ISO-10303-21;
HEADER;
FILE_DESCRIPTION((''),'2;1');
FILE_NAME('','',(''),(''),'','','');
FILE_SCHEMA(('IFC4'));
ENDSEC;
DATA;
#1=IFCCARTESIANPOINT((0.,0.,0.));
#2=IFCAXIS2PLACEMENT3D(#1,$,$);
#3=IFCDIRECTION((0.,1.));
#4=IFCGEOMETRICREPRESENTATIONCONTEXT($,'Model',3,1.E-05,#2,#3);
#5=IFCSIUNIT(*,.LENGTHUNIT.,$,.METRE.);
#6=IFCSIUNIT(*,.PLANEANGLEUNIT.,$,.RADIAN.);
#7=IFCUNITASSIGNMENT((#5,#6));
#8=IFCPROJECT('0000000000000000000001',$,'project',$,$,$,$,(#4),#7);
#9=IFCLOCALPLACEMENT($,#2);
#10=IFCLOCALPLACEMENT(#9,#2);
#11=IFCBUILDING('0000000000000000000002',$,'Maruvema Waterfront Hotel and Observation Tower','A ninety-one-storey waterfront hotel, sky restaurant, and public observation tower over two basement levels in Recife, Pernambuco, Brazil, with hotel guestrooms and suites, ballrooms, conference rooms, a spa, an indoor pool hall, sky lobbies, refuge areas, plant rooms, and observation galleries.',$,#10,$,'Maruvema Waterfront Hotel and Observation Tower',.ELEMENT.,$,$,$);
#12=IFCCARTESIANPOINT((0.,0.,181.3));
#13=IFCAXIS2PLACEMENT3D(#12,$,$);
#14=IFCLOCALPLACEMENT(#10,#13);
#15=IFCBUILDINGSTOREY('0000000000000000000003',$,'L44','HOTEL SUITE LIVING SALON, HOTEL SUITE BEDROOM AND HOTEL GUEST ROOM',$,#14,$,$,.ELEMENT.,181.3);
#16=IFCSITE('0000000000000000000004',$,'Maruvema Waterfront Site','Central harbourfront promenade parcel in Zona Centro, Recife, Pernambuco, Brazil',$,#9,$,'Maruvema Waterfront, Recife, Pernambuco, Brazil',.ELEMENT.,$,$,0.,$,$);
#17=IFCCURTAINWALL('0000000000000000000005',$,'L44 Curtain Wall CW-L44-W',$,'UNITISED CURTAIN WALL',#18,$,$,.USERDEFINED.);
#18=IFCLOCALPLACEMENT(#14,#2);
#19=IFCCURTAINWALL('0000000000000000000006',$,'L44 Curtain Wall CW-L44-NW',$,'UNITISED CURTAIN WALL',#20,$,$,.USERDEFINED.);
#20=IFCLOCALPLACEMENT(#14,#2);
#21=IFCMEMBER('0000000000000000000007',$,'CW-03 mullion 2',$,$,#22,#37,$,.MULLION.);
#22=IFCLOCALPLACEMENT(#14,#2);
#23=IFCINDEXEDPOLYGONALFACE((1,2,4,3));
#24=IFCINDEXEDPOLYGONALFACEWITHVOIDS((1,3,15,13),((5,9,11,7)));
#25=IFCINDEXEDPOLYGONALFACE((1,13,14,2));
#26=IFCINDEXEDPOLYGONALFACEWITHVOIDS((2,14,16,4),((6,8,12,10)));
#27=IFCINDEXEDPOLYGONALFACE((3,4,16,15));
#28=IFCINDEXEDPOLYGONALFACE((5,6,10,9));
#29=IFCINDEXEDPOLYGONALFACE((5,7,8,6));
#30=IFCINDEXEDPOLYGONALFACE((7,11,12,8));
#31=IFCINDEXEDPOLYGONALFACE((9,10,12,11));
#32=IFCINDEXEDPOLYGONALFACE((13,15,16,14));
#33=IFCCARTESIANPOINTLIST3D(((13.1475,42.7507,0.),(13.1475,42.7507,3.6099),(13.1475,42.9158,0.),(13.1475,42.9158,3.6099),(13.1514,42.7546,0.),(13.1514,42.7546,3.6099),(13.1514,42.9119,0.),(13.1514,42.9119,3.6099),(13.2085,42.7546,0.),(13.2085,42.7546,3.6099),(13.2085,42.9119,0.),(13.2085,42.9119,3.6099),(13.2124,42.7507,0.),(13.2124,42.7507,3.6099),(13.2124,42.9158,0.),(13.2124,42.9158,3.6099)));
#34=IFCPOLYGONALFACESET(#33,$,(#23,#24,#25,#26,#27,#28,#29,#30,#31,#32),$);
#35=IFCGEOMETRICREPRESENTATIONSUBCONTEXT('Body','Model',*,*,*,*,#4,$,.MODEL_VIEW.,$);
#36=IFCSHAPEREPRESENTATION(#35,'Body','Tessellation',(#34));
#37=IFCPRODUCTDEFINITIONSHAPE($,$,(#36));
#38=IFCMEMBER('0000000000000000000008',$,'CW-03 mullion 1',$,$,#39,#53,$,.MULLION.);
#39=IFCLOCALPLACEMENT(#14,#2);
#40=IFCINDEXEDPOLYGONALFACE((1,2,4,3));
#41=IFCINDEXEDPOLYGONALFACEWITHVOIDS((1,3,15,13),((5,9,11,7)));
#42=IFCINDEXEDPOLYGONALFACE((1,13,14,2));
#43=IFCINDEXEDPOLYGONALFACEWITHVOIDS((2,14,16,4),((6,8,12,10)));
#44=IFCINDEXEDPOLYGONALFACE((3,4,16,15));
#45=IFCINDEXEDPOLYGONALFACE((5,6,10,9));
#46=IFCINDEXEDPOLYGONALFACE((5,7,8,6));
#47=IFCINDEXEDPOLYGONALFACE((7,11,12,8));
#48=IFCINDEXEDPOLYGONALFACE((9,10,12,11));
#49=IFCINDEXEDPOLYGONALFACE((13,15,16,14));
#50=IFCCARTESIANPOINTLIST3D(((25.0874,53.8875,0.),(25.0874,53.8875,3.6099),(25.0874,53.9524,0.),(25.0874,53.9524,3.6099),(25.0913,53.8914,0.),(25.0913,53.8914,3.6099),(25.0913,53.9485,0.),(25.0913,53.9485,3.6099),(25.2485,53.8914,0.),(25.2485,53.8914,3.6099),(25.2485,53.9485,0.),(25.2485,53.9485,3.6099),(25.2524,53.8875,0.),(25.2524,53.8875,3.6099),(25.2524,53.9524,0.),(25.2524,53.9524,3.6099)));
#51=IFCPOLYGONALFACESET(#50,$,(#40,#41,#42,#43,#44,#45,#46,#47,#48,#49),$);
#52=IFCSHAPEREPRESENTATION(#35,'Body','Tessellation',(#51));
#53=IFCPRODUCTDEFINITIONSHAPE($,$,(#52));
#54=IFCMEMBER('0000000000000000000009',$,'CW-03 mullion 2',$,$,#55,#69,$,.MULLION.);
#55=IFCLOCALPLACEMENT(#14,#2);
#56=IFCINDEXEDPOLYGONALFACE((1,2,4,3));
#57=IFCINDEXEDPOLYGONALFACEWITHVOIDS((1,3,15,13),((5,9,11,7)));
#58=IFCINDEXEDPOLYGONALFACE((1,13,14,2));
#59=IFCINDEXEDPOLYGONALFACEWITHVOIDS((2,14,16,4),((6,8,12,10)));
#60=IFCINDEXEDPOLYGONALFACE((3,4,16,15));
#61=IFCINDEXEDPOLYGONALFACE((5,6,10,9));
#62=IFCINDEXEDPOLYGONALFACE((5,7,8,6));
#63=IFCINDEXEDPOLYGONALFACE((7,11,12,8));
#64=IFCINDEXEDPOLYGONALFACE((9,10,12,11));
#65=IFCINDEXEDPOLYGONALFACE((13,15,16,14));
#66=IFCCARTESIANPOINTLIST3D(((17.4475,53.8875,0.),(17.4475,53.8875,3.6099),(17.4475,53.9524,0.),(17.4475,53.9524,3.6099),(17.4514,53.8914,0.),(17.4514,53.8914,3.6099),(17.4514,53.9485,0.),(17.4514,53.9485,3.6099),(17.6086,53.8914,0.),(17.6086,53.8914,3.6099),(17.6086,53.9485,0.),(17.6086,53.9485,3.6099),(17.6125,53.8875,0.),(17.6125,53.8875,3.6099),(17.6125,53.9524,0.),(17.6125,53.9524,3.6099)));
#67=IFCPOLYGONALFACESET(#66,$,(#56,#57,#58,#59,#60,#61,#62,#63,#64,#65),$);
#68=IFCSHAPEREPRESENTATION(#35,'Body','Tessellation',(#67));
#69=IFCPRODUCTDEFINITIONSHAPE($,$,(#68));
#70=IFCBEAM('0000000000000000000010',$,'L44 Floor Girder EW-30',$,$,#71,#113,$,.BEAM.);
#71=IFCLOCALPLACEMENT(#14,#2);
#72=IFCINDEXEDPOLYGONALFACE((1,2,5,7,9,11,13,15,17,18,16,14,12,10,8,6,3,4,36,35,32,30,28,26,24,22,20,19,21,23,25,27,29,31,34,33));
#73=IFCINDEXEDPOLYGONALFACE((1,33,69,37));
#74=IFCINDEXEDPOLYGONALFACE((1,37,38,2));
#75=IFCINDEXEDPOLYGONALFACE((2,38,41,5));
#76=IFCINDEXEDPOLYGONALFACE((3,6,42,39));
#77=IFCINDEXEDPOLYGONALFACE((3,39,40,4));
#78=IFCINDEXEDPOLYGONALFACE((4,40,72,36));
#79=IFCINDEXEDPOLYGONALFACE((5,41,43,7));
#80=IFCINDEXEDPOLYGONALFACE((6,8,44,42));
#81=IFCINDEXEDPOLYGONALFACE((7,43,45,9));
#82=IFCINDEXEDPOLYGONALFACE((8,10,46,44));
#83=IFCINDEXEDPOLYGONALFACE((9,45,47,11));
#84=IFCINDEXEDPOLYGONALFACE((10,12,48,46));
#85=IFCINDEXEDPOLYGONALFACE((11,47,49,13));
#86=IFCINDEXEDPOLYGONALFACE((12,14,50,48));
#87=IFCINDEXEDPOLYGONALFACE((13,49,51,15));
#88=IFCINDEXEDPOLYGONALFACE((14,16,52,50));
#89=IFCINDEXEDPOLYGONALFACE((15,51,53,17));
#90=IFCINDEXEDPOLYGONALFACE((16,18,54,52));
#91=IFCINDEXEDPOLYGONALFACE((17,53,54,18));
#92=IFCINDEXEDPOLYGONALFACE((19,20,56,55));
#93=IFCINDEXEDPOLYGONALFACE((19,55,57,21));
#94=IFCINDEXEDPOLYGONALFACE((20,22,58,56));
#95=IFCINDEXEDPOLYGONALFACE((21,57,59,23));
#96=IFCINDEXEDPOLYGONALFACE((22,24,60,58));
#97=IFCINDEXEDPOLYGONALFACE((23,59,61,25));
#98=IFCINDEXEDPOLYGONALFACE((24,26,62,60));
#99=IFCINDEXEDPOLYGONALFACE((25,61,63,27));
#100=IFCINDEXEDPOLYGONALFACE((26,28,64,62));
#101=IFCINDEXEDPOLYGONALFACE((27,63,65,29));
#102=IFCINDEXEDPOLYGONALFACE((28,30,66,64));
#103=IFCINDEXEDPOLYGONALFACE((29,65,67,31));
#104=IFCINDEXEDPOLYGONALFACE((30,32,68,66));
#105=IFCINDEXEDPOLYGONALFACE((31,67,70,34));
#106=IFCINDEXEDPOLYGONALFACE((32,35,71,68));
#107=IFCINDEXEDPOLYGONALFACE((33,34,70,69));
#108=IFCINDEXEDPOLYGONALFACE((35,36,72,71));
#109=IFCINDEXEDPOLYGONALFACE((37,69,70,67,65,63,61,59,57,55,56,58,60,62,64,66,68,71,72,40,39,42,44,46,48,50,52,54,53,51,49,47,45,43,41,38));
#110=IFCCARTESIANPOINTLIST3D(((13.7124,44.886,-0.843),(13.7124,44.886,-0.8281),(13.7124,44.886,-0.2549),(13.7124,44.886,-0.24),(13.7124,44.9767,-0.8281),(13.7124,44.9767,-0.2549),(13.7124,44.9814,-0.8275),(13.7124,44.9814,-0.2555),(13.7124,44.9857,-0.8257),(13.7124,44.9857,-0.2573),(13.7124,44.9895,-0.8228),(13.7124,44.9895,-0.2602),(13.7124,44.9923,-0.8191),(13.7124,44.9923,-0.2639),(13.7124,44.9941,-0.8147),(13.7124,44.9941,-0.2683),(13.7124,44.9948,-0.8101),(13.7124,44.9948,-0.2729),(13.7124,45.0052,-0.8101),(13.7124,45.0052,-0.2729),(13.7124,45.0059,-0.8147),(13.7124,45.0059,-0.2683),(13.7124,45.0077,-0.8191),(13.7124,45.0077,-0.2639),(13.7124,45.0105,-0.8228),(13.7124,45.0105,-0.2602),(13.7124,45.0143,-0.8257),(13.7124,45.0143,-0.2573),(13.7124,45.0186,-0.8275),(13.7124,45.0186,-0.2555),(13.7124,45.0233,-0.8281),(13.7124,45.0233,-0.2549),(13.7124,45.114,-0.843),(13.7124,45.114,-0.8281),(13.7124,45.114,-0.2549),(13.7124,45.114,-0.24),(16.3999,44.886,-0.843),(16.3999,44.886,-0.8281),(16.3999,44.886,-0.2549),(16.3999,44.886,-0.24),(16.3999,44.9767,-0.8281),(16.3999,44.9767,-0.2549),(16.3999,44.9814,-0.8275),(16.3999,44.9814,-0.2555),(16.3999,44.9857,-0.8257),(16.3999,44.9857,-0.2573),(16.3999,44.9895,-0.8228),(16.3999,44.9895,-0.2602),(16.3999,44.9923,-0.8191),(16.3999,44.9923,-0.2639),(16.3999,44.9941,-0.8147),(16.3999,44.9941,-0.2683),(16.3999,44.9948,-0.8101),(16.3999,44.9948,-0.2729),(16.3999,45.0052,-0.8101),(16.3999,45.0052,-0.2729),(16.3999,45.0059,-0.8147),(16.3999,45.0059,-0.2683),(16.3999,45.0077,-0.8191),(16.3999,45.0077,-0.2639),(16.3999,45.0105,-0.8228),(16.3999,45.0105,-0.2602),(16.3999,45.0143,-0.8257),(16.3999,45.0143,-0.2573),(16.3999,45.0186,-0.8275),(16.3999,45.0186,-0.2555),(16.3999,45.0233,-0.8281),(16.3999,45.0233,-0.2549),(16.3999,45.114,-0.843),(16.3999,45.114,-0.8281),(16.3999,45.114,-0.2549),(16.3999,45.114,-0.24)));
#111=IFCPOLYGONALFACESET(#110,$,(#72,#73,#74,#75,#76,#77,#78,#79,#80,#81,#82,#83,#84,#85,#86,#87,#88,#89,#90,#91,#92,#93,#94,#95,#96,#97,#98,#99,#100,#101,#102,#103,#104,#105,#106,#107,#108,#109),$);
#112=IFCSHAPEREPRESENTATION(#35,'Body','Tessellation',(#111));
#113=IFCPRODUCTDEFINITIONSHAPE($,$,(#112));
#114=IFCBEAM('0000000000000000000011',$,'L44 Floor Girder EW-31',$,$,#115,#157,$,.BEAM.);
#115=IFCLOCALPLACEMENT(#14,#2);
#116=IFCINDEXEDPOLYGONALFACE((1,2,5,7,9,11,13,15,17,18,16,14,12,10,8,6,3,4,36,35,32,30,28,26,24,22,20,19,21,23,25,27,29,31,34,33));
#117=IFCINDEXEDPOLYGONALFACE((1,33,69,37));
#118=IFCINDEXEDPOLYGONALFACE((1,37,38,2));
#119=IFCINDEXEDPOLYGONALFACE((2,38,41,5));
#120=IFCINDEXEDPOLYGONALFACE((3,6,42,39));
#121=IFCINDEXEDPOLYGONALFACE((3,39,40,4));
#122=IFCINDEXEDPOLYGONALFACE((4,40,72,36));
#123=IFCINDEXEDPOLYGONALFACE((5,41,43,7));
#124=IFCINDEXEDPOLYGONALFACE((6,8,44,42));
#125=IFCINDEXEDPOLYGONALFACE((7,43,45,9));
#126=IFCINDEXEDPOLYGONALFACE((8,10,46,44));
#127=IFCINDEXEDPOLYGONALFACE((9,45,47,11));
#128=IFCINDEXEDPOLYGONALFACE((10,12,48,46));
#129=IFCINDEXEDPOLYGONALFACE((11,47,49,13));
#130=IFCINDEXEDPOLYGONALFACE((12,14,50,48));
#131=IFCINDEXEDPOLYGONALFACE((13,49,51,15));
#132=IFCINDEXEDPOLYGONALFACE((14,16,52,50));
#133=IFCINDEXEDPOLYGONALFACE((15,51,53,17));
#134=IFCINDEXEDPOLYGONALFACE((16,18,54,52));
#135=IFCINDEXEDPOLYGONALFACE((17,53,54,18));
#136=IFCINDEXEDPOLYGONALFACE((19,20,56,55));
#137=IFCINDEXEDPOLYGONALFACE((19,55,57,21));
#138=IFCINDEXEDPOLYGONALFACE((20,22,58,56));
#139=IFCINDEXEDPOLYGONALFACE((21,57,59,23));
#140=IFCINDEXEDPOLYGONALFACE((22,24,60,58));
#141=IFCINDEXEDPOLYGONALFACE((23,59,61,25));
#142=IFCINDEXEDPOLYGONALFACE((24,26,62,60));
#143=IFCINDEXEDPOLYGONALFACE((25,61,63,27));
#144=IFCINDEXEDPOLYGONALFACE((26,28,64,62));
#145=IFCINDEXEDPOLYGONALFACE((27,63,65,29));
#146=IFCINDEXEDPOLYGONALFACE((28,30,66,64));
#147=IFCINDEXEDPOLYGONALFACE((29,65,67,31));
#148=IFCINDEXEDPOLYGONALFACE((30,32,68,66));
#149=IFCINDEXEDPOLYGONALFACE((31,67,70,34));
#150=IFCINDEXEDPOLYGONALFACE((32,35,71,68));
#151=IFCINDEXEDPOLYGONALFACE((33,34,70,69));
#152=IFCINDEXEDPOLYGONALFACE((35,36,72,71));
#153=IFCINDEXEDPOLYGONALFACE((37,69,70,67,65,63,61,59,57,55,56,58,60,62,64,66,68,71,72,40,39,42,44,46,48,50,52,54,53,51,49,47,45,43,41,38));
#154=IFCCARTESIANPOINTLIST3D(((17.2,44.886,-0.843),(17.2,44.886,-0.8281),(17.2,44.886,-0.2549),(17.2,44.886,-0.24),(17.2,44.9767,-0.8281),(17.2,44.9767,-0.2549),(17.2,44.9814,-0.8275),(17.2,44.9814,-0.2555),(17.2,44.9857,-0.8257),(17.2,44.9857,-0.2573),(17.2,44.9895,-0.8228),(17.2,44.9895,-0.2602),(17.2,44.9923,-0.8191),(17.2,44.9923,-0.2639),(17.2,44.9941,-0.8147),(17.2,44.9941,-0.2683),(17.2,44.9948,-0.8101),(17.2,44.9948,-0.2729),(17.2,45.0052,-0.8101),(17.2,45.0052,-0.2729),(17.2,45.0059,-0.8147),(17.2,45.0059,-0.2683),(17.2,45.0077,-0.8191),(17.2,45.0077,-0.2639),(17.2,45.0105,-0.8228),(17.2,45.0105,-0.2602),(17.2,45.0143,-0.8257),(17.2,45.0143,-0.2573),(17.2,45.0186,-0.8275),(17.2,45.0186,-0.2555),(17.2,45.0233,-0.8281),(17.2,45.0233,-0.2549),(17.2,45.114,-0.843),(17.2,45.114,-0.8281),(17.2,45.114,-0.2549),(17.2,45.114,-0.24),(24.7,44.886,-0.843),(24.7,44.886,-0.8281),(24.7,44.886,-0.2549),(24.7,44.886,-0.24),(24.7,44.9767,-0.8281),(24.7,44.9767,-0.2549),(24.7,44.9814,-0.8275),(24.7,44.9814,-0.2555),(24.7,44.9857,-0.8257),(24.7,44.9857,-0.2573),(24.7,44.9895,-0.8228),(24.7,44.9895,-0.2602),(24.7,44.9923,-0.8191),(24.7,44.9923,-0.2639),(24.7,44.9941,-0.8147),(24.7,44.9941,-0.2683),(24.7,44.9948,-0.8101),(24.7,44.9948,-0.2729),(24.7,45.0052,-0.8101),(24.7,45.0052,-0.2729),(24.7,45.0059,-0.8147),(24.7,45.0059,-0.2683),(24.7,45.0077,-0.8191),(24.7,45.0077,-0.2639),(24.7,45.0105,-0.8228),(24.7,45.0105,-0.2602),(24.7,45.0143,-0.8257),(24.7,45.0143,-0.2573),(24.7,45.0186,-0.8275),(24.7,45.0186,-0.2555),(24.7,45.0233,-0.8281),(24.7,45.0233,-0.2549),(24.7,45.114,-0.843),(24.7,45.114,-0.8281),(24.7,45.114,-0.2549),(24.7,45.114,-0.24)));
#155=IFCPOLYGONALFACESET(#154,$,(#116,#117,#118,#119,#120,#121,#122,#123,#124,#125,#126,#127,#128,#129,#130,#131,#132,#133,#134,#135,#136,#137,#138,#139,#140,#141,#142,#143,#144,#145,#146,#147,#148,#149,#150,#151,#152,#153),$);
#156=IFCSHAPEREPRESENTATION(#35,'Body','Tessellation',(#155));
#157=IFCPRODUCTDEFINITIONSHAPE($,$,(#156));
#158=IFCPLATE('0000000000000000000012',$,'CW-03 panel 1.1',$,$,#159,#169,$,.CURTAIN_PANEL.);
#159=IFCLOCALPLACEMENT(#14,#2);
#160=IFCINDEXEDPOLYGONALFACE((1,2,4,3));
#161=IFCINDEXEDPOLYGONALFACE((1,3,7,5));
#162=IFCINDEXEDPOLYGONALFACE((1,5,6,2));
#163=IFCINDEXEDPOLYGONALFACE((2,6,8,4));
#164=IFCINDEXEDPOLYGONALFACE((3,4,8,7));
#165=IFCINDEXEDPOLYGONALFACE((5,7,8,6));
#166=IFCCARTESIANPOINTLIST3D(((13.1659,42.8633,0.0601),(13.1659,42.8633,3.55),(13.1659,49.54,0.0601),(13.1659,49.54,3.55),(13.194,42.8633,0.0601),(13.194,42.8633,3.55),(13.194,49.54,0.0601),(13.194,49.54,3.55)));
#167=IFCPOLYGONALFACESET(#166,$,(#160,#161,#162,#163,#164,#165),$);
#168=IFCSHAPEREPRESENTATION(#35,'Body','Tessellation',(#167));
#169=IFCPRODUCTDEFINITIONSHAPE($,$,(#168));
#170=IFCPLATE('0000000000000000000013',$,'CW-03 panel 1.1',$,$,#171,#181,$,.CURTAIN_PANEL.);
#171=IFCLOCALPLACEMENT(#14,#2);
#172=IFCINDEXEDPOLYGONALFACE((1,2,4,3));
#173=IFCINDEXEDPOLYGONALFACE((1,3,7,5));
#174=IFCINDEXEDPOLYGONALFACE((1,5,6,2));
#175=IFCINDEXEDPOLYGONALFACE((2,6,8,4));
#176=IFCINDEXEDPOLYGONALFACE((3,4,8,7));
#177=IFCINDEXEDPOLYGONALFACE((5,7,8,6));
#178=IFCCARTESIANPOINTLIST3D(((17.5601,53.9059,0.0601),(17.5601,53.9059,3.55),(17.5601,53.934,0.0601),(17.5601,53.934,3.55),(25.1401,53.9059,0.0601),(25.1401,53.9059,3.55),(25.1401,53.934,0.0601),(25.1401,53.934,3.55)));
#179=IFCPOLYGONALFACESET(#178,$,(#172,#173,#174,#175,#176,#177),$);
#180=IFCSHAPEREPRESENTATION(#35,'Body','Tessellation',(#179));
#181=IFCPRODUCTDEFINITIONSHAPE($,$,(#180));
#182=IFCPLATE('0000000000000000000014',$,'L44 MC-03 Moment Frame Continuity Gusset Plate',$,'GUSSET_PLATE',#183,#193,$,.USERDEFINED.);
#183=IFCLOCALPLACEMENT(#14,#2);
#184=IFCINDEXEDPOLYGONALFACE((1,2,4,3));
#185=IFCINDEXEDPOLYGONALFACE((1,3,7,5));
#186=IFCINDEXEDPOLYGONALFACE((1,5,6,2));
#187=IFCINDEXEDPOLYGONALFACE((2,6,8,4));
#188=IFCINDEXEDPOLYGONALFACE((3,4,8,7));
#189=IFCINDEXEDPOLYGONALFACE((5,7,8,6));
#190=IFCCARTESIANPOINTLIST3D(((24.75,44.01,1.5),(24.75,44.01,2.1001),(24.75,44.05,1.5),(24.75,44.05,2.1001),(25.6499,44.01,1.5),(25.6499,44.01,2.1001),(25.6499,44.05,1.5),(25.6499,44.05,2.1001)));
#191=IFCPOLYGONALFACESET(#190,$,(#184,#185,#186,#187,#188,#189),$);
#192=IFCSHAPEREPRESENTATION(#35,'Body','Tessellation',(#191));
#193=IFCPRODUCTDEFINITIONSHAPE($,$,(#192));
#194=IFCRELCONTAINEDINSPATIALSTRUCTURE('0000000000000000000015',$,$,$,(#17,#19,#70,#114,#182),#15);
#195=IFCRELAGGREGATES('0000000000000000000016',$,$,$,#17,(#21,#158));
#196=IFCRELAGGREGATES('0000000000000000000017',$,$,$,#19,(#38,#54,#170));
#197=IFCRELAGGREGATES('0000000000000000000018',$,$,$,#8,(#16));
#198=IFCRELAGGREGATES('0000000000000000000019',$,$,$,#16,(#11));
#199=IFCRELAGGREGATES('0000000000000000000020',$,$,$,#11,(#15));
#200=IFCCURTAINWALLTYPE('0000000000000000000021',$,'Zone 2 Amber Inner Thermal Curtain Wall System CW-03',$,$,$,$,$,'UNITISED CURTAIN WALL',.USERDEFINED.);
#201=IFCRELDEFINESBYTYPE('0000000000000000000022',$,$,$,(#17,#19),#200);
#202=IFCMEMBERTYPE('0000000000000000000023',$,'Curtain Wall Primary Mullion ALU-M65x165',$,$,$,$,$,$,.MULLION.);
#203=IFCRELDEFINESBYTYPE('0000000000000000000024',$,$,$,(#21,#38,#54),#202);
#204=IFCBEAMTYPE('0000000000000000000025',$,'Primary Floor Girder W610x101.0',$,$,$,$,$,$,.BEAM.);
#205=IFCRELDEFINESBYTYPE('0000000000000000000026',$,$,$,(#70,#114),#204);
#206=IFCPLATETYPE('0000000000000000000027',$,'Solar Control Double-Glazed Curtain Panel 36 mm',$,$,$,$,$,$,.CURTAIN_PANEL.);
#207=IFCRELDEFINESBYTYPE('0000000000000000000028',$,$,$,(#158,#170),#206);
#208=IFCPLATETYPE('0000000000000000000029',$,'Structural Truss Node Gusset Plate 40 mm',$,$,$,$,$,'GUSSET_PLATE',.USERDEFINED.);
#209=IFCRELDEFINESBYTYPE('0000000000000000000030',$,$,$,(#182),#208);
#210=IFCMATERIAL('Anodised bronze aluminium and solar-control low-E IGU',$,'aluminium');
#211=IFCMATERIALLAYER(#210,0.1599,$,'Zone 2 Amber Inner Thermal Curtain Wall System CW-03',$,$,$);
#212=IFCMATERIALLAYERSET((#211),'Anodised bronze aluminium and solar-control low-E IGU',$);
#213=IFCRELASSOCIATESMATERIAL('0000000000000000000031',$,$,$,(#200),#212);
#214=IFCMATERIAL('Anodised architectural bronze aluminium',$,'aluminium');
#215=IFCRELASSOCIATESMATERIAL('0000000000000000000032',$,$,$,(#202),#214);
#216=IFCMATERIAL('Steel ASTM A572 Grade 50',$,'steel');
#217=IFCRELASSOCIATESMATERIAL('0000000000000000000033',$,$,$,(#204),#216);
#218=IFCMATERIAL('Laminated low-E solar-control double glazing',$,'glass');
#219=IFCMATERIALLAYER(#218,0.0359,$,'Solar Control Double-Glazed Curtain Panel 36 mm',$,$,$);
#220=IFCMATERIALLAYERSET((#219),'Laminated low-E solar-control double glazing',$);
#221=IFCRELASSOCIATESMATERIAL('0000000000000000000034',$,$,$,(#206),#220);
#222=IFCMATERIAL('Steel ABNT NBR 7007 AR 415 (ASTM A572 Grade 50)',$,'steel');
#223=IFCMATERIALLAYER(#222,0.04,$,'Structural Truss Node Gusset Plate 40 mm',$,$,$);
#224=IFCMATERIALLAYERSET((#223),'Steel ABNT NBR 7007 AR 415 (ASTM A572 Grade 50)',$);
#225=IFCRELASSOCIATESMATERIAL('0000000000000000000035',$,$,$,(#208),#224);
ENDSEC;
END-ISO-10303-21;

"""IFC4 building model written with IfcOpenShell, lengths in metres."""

from ifc_helpers import new_model, si_unit, direction, frame, origin, origin_2d, place, context, subcontext, project, spatial, rectangle, hollow_rectangle, i_section, extrude, material, layer, layer_set, material_profile, profile_set, type_object, element, aggregate, save


model = new_model("IFC4")

# Units and contexts
model_context = context("Model", 3, precision=1e-05, world=origin(), true_north=direction((0.0, 1.0)))
body_context = subcontext(model_context, "Body", "Model", "MODEL_VIEW")
ifc_project = project(units=[si_unit("LENGTHUNIT", "METRE"), si_unit("PLANEANGLEUNIT", "RADIAN")], contexts=[model_context])

# Site, building, storey
site_placement = place(None, origin())
site = spatial("IfcSite", under=ifc_project, at=site_placement, Name="Maruvema Waterfront Site", Description="Central harbourfront promenade parcel in Zona Centro, Recife, Pernambuco, Brazil", LongName="Maruvema Waterfront, Recife, Pernambuco, Brazil", CompositionType="ELEMENT", RefElevation=0.0)
building_placement = place(site_placement, origin())
building = spatial("IfcBuilding", under=site, at=building_placement, Name="Maruvema Waterfront Hotel and Observation Tower", Description="A ninety-one-storey waterfront hotel, sky restaurant, and public observation tower over two basement levels in Recife, Pernambuco, Brazil, with hotel guestrooms and suites, ballrooms, conference rooms, a spa, an indoor pool hall, sky lobbies, refuge areas, plant rooms, and observation galleries.", LongName="Maruvema Waterfront Hotel and Observation Tower", CompositionType="ELEMENT")
storey_placement = place(building_placement, frame((0.0, 0.0, 181.3)))
storey = spatial("IfcBuildingStorey", under=building, at=storey_placement, Name="L44", Description="HOTEL SUITE LIVING SALON, HOTEL SUITE BEDROOM AND HOTEL GUEST ROOM", CompositionType="ELEMENT", Elevation=181.3)

# Curtain walls
ifc_material_1 = material(Name="Anodised bronze aluminium and solar-control low-E IGU", Category="aluminium")
ifc_layer_1 = layer(ifc_material_1, 0.1599, Name="Zone 2 Amber Inner Thermal Curtain Wall System CW-03")
ifc_layer_set_1 = layer_set([ifc_layer_1], Name="Anodised bronze aluminium and solar-control low-E IGU")
curtain_wall_type = type_object("IfcCurtainWallType", Name="Zone 2 Amber Inner Thermal Curtain Wall System CW-03", ElementType="UNITISED CURTAIN WALL", PredefinedType="USERDEFINED", material=ifc_layer_set_1)
curtain_wall_1_placement = place(storey_placement, origin())
curtain_wall_1 = element("IfcCurtainWall", 1, at=curtain_wall_1_placement, inside=storey, type_object=curtain_wall_type, Name="L44 Curtain Wall CW-L44-W", ObjectType="UNITISED CURTAIN WALL", PredefinedType="USERDEFINED")
curtain_wall_2_placement = place(storey_placement, origin())
curtain_wall_2 = element("IfcCurtainWall", 2, at=curtain_wall_2_placement, inside=storey, type_object=curtain_wall_type, Name="L44 Curtain Wall CW-L44-NW", ObjectType="UNITISED CURTAIN WALL", PredefinedType="USERDEFINED")

# Members
ifc_material_2 = material(Name="Anodised architectural bronze aluminium", Category="aluminium")
ifc_material_profile_1 = material_profile(ifc_material_2, hollow_rectangle(XDim=0.0649, YDim=0.165, WallThickness=0.0039, at=origin_2d()), Name="ALU-M65x165")
ifc_profile_set_1 = profile_set([ifc_material_profile_1], Name="Anodised architectural bronze aluminium")
member_type_1 = type_object("IfcMemberType", Name="Curtain Wall Primary Mullion ALU-M65x165", PredefinedType="MULLION", material=ifc_profile_set_1)
member_1_placement = place(storey_placement, frame((13.1799, 42.8333, 0.0), z_axis=(0.0, 0.0, 1.0), x_axis=(1.0, 0.0, 0.0)))
member_1 = element("IfcMember", 3, at=member_1_placement, type_object=member_type_1, Name="CW-03 mullion 2", PredefinedType="MULLION", context=body_context, shape_type="SweptSolid", body=[
    extrude(hollow_rectangle(XDim=0.0649, YDim=0.165, WallThickness=0.0039, at=origin_2d()), origin(), (0.0, 0.0, 1.0), 3.6099),
])
member_2_placement = place(storey_placement, frame((25.1699, 53.9199, 0.0), z_axis=(0.0, 0.0, 1.0), x_axis=(0.0, -1.0, 0.0)))
member_2 = element("IfcMember", 4, at=member_2_placement, type_object=member_type_1, Name="CW-03 mullion 1", PredefinedType="MULLION", context=body_context, shape_type="SweptSolid", body=[
    extrude(hollow_rectangle(XDim=0.0649, YDim=0.165, WallThickness=0.0039, at=origin_2d()), origin(), (0.0, 0.0, 1.0), 3.6099),
])
member_3_placement = place(storey_placement, frame((17.53, 53.9199, 0.0), z_axis=(0.0, 0.0, 1.0), x_axis=(0.0, -1.0, 0.0)))
member_3 = element("IfcMember", 5, at=member_3_placement, type_object=member_type_1, Name="CW-03 mullion 2", PredefinedType="MULLION", context=body_context, shape_type="SweptSolid", body=[
    extrude(hollow_rectangle(XDim=0.0649, YDim=0.165, WallThickness=0.0039, at=origin_2d()), origin(), (0.0, 0.0, 1.0), 3.6099),
])

# Beams
ifc_material_3 = material(Name="Steel ASTM A572 Grade 50", Category="steel")
ifc_material_profile_2 = material_profile(ifc_material_3, i_section(OverallWidth=0.228, OverallDepth=0.603, WebThickness=0.0105, FlangeThickness=0.0149, FilletRadius=0.0181, at=origin_2d()), Name="W610x101.0")
ifc_profile_set_2 = profile_set([ifc_material_profile_2], Name="Steel ASTM A572 Grade 50")
beam_type = type_object("IfcBeamType", Name="Primary Floor Girder W610x101.0", PredefinedType="BEAM", material=ifc_profile_set_2)
beam_1_placement = place(storey_placement, frame((13.7124, 45.0, -0.5415), z_axis=(1.0, 0.0, 0.0), x_axis=(0.0, 1.0, 0.0)))
element("IfcBeam", 6, at=beam_1_placement, inside=storey, type_object=beam_type, Name="L44 Floor Girder EW-30", PredefinedType="BEAM", context=body_context, shape_type="SweptSolid", body=[
    extrude(i_section(OverallWidth=0.228, OverallDepth=0.603, WebThickness=0.0105, FlangeThickness=0.0149, FilletRadius=0.0181, at=origin_2d()), origin(), (0.0, 0.0, 1.0), 2.6875),
])
beam_2_placement = place(storey_placement, frame((17.2, 45.0, -0.5415), z_axis=(1.0, 0.0, 0.0), x_axis=(0.0, 1.0, 0.0)))
element("IfcBeam", 7, at=beam_2_placement, inside=storey, type_object=beam_type, Name="L44 Floor Girder EW-31", PredefinedType="BEAM", context=body_context, shape_type="SweptSolid", body=[
    extrude(i_section(OverallWidth=0.228, OverallDepth=0.603, WebThickness=0.0105, FlangeThickness=0.0149, FilletRadius=0.0181, at=origin_2d()), origin(), (0.0, 0.0, 1.0), 7.5),
])

# Plates
ifc_material_4 = material(Name="Laminated low-E solar-control double glazing", Category="glass")
ifc_layer_2 = layer(ifc_material_4, 0.0359, Name="Solar Control Double-Glazed Curtain Panel 36 mm")
ifc_layer_set_2 = layer_set([ifc_layer_2], Name="Laminated low-E solar-control double glazing")
plate_type_1 = type_object("IfcPlateType", Name="Solar Control Double-Glazed Curtain Panel 36 mm", PredefinedType="CURTAIN_PANEL", material=ifc_layer_set_2)
plate_1_placement = place(storey_placement, frame((13.1799, 46.2017, 0.0601), z_axis=(0.0, 0.0, 1.0), x_axis=(0.0, -1.0, 0.0)))
plate_1 = element("IfcPlate", 8, at=plate_1_placement, type_object=plate_type_1, Name="CW-03 panel 1.1", PredefinedType="CURTAIN_PANEL", context=body_context, shape_type="SweptSolid", body=[
    extrude(rectangle(XDim=6.6768, YDim=0.0281, at=origin_2d()), origin(), (0.0, 0.0, 1.0), 3.49),
])
aggregate(curtain_wall_1, [member_1, plate_1])
plate_2_placement = place(storey_placement, frame((21.3501, 53.9199, 0.0601), z_axis=(0.0, 0.0, 1.0), x_axis=(-1.0, 0.0, 0.0)))
plate_2 = element("IfcPlate", 9, at=plate_2_placement, type_object=plate_type_1, Name="CW-03 panel 1.1", PredefinedType="CURTAIN_PANEL", context=body_context, shape_type="SweptSolid", body=[
    extrude(rectangle(XDim=7.5801, YDim=0.0281, at=origin_2d()), origin(), (0.0, 0.0, 1.0), 3.49),
])
aggregate(curtain_wall_2, [member_2, member_3, plate_2])
ifc_material_5 = material(Name="Steel ABNT NBR 7007 AR 415 (ASTM A572 Grade 50)", Category="steel")
ifc_layer_3 = layer(ifc_material_5, 0.04, Name="Structural Truss Node Gusset Plate 40 mm")
ifc_layer_set_3 = layer_set([ifc_layer_3], Name="Steel ABNT NBR 7007 AR 415 (ASTM A572 Grade 50)")
plate_type_2 = type_object("IfcPlateType", Name="Structural Truss Node Gusset Plate 40 mm", ElementType="GUSSET_PLATE", PredefinedType="USERDEFINED", material=ifc_layer_set_3)
plate_3_placement = place(storey_placement, frame((25.2, 44.03, 1.5), z_axis=(0.0, 0.0, 1.0), x_axis=(1.0, 0.0, 0.0)))
element("IfcPlate", 10, at=plate_3_placement, inside=storey, type_object=plate_type_2, Name="L44 MC-03 Moment Frame Continuity Gusset Plate", ObjectType="GUSSET_PLATE", PredefinedType="USERDEFINED", context=body_context, shape_type="SweptSolid", body=[
    extrude(rectangle(XDim=0.8999, YDim=0.04, at=origin_2d()), origin(), (0.0, 0.0, 1.0), 0.6001),
])

save(model, "model.ifc")
